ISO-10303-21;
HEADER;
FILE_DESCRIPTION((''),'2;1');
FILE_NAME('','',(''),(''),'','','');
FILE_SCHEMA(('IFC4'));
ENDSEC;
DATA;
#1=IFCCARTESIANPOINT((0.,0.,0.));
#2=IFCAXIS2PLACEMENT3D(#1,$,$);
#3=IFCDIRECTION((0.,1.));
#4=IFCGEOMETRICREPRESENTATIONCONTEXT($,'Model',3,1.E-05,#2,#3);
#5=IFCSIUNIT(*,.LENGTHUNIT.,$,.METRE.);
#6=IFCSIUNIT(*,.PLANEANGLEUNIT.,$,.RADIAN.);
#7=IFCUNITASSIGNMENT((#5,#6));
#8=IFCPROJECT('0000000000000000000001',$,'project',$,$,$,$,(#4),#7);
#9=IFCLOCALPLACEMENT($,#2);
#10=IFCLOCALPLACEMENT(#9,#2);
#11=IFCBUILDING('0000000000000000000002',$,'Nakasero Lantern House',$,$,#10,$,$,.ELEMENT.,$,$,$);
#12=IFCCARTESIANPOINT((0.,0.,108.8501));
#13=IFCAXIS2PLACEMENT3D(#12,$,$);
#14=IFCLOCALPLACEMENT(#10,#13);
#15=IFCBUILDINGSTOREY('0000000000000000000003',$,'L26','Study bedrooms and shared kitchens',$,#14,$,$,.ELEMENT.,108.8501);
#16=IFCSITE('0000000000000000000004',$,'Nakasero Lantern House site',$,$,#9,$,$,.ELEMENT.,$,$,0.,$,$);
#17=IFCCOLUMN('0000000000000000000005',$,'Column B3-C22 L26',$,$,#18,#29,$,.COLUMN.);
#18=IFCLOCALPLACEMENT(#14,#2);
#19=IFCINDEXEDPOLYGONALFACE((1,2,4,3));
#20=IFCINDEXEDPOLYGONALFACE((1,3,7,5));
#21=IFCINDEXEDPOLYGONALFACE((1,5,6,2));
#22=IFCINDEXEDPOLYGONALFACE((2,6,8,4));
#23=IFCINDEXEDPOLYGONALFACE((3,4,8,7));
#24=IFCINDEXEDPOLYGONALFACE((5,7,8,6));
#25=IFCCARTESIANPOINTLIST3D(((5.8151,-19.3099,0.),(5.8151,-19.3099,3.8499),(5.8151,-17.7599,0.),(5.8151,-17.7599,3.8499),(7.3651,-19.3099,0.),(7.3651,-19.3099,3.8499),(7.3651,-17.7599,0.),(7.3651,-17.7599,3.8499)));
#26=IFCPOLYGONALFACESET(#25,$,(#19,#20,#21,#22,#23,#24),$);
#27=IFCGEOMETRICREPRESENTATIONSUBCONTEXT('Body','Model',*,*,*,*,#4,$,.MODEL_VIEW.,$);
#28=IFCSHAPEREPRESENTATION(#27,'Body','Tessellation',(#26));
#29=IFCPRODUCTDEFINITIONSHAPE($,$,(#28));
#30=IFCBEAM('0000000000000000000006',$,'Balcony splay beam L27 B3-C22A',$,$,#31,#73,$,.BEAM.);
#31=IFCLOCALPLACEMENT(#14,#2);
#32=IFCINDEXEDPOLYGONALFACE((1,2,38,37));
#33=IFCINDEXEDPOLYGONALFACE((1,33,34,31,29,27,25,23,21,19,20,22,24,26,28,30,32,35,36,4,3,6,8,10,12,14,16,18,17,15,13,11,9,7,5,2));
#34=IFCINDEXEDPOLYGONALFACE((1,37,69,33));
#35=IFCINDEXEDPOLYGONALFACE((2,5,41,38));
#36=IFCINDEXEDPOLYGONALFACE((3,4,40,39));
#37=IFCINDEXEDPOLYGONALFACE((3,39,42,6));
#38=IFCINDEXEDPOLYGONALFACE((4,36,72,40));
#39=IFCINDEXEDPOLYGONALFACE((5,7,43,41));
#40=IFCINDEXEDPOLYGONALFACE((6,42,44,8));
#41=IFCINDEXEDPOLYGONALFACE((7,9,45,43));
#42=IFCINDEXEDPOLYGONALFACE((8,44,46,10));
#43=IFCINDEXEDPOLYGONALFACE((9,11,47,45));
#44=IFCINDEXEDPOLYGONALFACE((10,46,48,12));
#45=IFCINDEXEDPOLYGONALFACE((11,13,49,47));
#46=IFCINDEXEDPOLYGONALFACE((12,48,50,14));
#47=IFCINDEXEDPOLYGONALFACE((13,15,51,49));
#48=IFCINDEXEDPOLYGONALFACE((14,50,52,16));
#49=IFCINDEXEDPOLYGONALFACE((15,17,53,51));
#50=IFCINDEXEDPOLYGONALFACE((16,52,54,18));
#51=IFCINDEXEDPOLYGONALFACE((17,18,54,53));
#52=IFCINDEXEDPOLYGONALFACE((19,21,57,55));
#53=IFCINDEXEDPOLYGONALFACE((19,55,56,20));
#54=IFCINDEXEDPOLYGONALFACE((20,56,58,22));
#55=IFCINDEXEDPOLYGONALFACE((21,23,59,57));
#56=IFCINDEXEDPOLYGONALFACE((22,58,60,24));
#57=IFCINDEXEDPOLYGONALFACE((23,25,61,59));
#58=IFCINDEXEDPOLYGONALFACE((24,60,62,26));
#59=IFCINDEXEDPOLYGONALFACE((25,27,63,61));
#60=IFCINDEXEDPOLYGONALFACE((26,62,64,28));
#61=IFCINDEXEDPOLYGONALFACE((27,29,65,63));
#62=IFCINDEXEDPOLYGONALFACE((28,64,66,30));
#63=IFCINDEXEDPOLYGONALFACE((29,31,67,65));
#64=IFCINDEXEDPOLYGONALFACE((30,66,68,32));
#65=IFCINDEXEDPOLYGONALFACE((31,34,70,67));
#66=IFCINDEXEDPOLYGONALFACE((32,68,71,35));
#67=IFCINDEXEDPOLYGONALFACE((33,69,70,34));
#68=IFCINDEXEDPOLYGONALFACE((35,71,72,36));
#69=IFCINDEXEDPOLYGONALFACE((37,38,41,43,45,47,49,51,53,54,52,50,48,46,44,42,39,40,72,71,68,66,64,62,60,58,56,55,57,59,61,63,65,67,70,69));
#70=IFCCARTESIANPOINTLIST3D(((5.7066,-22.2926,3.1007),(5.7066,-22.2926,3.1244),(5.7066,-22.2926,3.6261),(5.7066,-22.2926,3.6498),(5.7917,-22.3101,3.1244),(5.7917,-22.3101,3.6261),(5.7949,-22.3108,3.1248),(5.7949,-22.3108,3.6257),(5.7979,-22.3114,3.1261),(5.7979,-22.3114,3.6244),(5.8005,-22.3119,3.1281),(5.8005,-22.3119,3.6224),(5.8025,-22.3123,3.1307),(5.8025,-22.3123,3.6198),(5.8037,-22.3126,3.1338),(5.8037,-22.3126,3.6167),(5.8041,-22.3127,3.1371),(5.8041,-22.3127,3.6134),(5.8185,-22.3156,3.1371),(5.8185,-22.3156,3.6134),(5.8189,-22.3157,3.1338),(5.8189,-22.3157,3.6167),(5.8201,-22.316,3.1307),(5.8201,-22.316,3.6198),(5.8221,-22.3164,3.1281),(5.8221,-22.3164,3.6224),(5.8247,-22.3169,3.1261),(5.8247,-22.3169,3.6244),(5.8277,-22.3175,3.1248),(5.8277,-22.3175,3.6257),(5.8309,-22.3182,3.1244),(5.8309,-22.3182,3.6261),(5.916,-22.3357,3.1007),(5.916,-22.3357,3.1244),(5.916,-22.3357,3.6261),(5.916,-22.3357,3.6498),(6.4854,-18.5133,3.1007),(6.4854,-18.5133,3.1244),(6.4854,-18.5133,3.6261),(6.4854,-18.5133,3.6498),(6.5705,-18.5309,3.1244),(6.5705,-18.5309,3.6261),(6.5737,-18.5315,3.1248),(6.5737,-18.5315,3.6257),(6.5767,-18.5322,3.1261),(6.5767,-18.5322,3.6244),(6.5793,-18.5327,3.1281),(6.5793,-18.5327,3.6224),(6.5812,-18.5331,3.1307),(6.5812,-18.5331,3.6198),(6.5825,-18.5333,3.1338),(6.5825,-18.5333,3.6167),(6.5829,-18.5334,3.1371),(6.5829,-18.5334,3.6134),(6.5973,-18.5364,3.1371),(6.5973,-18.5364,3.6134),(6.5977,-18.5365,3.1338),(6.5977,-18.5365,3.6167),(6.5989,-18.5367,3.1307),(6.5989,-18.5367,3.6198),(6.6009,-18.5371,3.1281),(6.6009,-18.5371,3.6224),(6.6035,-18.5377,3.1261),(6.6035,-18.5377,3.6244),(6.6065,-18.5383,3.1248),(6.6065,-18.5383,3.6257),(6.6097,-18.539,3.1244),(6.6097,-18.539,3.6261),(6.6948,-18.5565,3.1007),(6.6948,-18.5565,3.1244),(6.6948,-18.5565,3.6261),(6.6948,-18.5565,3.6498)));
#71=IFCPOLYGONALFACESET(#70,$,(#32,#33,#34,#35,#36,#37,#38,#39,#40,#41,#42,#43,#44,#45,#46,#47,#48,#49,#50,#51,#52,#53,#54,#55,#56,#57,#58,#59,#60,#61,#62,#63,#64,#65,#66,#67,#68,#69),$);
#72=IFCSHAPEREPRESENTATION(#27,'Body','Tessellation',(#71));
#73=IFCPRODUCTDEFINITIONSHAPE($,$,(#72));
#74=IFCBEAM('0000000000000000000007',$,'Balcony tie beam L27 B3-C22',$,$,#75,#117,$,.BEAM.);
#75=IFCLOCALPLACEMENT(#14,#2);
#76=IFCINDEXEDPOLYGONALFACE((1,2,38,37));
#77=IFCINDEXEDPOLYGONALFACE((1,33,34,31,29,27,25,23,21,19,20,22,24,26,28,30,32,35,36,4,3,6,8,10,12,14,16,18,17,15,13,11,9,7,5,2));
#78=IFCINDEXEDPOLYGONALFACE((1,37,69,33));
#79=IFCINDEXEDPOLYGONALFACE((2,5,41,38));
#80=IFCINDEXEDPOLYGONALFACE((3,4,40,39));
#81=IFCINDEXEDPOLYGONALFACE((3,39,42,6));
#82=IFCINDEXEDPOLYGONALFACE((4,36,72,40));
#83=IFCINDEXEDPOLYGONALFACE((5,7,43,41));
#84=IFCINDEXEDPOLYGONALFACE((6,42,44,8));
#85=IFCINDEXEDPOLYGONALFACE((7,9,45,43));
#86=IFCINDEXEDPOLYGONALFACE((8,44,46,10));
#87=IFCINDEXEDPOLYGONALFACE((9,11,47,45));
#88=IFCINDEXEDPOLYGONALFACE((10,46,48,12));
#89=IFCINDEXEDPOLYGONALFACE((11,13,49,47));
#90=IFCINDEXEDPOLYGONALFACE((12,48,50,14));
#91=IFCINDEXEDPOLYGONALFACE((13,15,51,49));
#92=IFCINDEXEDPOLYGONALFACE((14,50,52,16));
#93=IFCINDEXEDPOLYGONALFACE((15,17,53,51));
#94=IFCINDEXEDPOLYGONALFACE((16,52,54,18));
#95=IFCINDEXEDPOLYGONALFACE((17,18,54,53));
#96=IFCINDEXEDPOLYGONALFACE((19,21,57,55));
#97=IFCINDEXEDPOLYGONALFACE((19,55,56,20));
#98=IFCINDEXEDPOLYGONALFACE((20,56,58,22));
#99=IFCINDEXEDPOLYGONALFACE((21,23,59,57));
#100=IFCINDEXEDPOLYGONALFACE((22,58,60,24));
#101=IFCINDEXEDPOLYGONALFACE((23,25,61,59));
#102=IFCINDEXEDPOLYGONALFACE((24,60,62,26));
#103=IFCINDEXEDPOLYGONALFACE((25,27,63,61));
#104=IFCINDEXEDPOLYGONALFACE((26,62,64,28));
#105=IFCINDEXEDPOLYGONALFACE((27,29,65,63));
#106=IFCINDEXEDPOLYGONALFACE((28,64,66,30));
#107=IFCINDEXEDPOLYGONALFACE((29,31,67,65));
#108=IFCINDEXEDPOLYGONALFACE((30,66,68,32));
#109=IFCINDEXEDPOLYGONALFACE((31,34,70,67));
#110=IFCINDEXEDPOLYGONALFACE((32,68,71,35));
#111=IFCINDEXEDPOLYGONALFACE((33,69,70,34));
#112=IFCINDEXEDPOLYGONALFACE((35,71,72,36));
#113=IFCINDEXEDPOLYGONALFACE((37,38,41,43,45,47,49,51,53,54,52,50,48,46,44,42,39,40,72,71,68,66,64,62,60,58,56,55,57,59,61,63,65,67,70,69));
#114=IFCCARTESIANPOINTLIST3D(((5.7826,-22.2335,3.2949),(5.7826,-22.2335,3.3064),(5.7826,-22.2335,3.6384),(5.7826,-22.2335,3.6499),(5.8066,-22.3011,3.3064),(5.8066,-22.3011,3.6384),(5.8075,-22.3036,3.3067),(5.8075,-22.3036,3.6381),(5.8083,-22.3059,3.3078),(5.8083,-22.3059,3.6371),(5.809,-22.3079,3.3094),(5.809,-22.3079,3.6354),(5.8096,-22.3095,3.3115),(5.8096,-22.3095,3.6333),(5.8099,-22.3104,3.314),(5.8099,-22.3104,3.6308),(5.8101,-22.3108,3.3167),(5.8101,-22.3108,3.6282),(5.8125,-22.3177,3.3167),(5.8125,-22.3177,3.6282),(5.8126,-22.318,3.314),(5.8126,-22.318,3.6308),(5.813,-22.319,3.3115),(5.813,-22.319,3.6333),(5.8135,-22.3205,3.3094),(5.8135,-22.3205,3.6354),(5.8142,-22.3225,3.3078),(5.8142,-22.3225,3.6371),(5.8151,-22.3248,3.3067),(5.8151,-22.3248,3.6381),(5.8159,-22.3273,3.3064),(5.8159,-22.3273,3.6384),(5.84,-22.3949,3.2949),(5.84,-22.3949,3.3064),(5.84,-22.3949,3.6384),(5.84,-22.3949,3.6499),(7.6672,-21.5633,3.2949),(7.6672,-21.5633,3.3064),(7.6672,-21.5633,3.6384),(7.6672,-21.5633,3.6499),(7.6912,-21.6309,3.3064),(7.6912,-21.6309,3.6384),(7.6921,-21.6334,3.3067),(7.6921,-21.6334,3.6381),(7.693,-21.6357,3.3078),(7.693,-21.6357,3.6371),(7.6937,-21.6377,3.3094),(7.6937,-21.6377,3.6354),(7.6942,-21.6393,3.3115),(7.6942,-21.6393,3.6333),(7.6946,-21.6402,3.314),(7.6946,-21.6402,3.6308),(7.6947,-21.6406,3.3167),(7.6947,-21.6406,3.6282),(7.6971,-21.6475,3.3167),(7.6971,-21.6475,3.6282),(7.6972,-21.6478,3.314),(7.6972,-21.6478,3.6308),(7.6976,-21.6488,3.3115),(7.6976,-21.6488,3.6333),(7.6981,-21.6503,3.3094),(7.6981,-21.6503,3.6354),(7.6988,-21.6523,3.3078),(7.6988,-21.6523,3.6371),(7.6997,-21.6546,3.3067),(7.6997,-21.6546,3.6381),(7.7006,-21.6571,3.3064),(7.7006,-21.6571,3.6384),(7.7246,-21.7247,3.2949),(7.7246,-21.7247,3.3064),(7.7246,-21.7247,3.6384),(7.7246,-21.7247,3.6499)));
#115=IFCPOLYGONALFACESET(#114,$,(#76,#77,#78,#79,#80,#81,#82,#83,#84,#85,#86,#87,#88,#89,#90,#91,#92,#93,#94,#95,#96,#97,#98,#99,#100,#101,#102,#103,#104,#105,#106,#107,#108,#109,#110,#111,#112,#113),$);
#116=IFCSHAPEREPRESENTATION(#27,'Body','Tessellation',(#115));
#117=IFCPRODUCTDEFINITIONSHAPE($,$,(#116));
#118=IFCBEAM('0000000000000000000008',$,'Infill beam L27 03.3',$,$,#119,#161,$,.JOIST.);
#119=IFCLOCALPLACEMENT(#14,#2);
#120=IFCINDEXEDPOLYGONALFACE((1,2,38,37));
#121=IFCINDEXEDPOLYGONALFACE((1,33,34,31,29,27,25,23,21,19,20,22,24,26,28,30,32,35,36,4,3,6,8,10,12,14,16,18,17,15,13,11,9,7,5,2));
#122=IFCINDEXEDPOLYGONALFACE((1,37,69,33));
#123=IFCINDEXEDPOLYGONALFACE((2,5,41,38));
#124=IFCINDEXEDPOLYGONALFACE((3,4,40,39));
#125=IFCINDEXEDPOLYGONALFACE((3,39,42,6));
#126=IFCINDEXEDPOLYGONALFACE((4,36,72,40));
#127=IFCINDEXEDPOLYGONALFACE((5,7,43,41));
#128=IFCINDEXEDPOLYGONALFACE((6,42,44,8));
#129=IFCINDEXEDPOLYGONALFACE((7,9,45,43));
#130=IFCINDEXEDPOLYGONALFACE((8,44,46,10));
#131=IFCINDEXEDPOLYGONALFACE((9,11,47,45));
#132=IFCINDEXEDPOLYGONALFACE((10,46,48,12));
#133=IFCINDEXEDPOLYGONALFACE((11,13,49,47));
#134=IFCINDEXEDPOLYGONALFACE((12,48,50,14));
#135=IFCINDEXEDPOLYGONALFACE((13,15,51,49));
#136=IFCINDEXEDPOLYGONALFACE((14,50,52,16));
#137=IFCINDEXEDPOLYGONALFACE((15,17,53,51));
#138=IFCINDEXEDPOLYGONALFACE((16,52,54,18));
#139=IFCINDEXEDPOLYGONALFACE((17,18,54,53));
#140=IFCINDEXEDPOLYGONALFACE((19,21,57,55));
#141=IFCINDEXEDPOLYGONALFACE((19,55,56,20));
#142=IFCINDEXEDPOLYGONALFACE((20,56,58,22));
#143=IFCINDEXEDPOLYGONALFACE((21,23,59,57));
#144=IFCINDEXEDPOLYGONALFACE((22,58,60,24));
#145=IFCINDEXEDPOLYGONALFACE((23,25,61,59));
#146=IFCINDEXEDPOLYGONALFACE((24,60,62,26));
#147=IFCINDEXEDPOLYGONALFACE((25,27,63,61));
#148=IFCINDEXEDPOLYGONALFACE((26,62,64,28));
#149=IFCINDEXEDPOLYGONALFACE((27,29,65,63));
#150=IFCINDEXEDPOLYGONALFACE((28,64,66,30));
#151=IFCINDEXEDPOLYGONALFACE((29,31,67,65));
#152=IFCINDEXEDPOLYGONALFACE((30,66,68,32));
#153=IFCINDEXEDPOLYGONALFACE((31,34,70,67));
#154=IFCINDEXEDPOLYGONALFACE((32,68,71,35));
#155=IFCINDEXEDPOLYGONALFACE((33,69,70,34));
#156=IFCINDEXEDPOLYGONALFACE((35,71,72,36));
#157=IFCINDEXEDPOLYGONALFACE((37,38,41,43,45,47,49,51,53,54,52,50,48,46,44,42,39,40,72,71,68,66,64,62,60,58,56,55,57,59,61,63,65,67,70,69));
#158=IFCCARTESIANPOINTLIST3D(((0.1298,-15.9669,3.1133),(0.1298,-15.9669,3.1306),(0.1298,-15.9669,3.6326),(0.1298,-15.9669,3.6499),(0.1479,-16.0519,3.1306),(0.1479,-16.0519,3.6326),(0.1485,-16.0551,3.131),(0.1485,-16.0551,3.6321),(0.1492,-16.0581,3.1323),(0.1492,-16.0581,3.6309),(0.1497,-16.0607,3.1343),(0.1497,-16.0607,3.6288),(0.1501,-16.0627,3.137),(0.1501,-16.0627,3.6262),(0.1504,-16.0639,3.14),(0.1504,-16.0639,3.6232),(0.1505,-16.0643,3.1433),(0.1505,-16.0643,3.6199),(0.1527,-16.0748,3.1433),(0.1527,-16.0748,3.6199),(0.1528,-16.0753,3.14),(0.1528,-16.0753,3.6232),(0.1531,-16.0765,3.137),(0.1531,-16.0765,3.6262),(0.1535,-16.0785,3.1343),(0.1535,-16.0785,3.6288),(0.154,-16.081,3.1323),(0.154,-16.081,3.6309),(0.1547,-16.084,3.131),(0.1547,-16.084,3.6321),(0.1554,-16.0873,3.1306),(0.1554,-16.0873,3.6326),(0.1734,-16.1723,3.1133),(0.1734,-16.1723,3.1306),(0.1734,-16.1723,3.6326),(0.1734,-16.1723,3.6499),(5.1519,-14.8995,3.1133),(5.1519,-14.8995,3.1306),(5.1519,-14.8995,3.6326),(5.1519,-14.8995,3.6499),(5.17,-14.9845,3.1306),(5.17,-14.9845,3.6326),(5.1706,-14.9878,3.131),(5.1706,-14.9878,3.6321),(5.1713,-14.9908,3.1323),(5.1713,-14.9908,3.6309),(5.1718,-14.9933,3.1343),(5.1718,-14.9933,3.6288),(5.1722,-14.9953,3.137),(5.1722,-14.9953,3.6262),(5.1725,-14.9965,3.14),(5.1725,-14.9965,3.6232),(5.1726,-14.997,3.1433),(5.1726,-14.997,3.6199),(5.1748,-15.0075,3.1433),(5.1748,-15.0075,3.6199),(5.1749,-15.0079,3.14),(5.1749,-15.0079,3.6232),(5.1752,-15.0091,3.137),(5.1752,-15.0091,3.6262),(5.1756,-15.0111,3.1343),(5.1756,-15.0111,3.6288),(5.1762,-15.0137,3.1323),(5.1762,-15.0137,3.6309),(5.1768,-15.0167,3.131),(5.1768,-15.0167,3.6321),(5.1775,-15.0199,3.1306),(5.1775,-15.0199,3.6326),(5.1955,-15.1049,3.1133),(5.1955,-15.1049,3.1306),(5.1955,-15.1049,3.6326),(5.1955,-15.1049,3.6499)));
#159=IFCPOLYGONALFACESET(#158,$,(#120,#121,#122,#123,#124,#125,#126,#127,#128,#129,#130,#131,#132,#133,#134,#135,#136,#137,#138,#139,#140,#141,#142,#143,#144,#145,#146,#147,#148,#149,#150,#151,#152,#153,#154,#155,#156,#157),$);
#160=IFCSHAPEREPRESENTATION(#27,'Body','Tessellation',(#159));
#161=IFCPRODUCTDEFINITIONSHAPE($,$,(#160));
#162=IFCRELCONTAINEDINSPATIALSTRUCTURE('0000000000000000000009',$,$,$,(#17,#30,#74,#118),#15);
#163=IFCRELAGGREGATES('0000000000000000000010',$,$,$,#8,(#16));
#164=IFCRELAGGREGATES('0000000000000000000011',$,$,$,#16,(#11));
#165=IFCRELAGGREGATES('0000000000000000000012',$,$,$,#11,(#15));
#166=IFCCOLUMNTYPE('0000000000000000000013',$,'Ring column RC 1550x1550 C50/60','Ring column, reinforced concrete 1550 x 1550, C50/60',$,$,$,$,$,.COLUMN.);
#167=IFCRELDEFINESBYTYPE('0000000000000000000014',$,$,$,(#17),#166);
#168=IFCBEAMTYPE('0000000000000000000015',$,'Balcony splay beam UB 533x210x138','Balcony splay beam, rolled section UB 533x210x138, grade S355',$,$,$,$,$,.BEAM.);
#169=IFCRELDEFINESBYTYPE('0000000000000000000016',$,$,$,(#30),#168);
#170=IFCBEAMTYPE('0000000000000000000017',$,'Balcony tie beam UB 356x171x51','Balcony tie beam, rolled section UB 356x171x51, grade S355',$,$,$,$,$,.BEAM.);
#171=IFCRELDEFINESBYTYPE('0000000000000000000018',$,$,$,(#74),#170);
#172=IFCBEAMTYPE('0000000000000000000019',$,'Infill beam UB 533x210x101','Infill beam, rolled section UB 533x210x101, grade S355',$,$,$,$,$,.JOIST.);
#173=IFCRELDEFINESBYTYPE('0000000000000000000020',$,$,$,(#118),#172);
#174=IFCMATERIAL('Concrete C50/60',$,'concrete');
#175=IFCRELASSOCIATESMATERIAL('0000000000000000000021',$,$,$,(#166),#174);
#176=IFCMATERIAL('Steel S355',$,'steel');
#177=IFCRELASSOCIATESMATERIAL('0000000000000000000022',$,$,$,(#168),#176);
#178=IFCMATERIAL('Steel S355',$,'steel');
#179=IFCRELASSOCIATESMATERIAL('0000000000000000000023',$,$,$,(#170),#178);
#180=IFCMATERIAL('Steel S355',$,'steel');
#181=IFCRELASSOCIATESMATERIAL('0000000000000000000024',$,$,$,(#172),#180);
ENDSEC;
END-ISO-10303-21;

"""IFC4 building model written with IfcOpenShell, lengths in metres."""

from ifc_helpers import new_model, si_unit, direction, frame, origin, origin_2d, place, context, subcontext, project, spatial, rectangle, i_section, extrude, material, material_profile, profile_set, type_object, element, save


model = new_model("IFC4")

# Units and contexts
model_context = context("Model", 3, precision=1e-05, world=origin(), true_north=direction((0.0, 1.0)))
body_context = subcontext(model_context, "Body", "Model", "MODEL_VIEW")
ifc_project = project(units=[si_unit("LENGTHUNIT", "METRE"), si_unit("PLANEANGLEUNIT", "RADIAN")], contexts=[model_context])

# Site, building, storey
site_placement = place(None, origin())
site = spatial("IfcSite", under=ifc_project, at=site_placement, Name="Nakasero Lantern House site", CompositionType="ELEMENT", RefElevation=0.0)
building_placement = place(site_placement, origin())
building = spatial("IfcBuilding", under=site, at=building_placement, Name="Nakasero Lantern House", CompositionType="ELEMENT")
storey_placement = place(building_placement, frame((0.0, 0.0, 108.8501)))
storey = spatial("IfcBuildingStorey", under=building, at=storey_placement, Name="L26", Description="Study bedrooms and shared kitchens", CompositionType="ELEMENT", Elevation=108.8501)

# Column
ifc_material_1 = material(Name="Concrete C50/60", Category="concrete")
ifc_material_profile_1 = material_profile(ifc_material_1, rectangle(XDim=1.55, YDim=1.55, at=origin_2d()), Name="RC 1550x1550")
ifc_profile_set_1 = profile_set([ifc_material_profile_1], Name="Concrete C50/60")
column_type = type_object("IfcColumnType", Name="Ring column RC 1550x1550 C50/60", Description="Ring column, reinforced concrete 1550 x 1550, C50/60", PredefinedType="COLUMN", material=ifc_profile_set_1)
column_placement = place(storey_placement, frame((6.5901, -18.5349, 0.0), z_axis=(0.0, 0.0, 1.0), x_axis=(1.0, 0.0, 0.0)))
element("IfcColumn", 1, at=column_placement, inside=storey, type_object=column_type, Name="Column B3-C22 L26", PredefinedType="COLUMN", context=body_context, shape_type="SweptSolid", body=[
    extrude(rectangle(XDim=1.55, YDim=1.55, at=origin_2d()), origin(), (0.0, 0.0, 1.0), 3.8499),
])

# Beams
ifc_material_2 = material(Name="Steel S355", Category="steel")
ifc_material_profile_2 = material_profile(ifc_material_2, i_section(OverallWidth=0.2139, OverallDepth=0.5491, WebThickness=0.0146, FlangeThickness=0.0237, FilletRadius=0.0127, at=origin_2d()), Name="UB 533x210x138")
ifc_profile_set_2 = profile_set([ifc_material_profile_2], Name="Steel S355")
beam_type_1 = type_object("IfcBeamType", Name="Balcony splay beam UB 533x210x138", Description="Balcony splay beam, rolled section UB 533x210x138, grade S355", PredefinedType="BEAM", material=ifc_profile_set_2)
beam_1_placement = place(storey_placement, frame((6.5901, -18.5349, 3.3752), z_axis=(-0.201831, -0.97942, 0.0), x_axis=(0.97942, -0.201831, 0.0)))
element("IfcBeam", 2, at=beam_1_placement, inside=storey, type_object=beam_type_1, Name="Balcony splay beam L27 B3-C22A", PredefinedType="BEAM", context=body_context, shape_type="SweptSolid", body=[
    extrude(i_section(OverallWidth=0.2139, OverallDepth=0.5491, WebThickness=0.0146, FlangeThickness=0.0237, FilletRadius=0.0127, at=origin_2d()), origin(), (0.0, 0.0, 1.0), 3.8586),
])
ifc_material_3 = material(Name="Steel S355", Category="steel")
ifc_material_profile_3 = material_profile(ifc_material_3, i_section(OverallWidth=0.1714, OverallDepth=0.355, WebThickness=0.0073, FlangeThickness=0.0115, FilletRadius=0.0103, at=origin_2d()), Name="UB 356x171x51")
ifc_profile_set_3 = profile_set([ifc_material_profile_3], Name="Steel S355")
beam_type_2 = type_object("IfcBeamType", Name="Balcony tie beam UB 356x171x51", Description="Balcony tie beam, rolled section UB 356x171x51, grade S355", PredefinedType="BEAM", material=ifc_profile_set_3)
beam_2_placement = place(storey_placement, frame((5.8113, -22.3142, 3.4724), z_axis=(0.942197, 0.33506, 0.0), x_axis=(-0.33506, 0.942197, 0.0)))
element("IfcBeam", 3, at=beam_2_placement, inside=storey, type_object=beam_type_2, Name="Balcony tie beam L27 B3-C22", PredefinedType="BEAM", context=body_context, shape_type="SweptSolid", body=[
    extrude(i_section(OverallWidth=0.1714, OverallDepth=0.355, WebThickness=0.0073, FlangeThickness=0.0115, FilletRadius=0.0103, at=origin_2d()), origin(), (0.0, 0.0, 1.0), 2.0002),
])
ifc_material_4 = material(Name="Steel S355", Category="steel")
ifc_material_profile_4 = material_profile(ifc_material_4, i_section(OverallWidth=0.21, OverallDepth=0.5366, WebThickness=0.0107, FlangeThickness=0.0173, FilletRadius=0.0127, at=origin_2d()), Name="UB 533x210x101")
ifc_profile_set_4 = profile_set([ifc_material_profile_4], Name="Steel S355")
beam_type_3 = type_object("IfcBeamType", Name="Infill beam UB 533x210x101", Description="Infill beam, rolled section UB 533x210x101, grade S355", PredefinedType="JOIST", material=ifc_profile_set_4)
beam_3_placement = place(storey_placement, frame((0.1516, -16.0696, 3.3816), z_axis=(0.978152, 0.207889, 0.0), x_axis=(-0.207889, 0.978152, 0.0)))
element("IfcBeam", 4, at=beam_3_placement, inside=storey, type_object=beam_type_3, Name="Infill beam L27 03.3", PredefinedType="JOIST", context=body_context, shape_type="SweptSolid", body=[
    extrude(i_section(OverallWidth=0.21, OverallDepth=0.5366, WebThickness=0.0107, FlangeThickness=0.0173, FilletRadius=0.0127, at=origin_2d()), origin(), (0.0, 0.0, 1.0), 5.1343),
])

save(model, "model.ifc")
